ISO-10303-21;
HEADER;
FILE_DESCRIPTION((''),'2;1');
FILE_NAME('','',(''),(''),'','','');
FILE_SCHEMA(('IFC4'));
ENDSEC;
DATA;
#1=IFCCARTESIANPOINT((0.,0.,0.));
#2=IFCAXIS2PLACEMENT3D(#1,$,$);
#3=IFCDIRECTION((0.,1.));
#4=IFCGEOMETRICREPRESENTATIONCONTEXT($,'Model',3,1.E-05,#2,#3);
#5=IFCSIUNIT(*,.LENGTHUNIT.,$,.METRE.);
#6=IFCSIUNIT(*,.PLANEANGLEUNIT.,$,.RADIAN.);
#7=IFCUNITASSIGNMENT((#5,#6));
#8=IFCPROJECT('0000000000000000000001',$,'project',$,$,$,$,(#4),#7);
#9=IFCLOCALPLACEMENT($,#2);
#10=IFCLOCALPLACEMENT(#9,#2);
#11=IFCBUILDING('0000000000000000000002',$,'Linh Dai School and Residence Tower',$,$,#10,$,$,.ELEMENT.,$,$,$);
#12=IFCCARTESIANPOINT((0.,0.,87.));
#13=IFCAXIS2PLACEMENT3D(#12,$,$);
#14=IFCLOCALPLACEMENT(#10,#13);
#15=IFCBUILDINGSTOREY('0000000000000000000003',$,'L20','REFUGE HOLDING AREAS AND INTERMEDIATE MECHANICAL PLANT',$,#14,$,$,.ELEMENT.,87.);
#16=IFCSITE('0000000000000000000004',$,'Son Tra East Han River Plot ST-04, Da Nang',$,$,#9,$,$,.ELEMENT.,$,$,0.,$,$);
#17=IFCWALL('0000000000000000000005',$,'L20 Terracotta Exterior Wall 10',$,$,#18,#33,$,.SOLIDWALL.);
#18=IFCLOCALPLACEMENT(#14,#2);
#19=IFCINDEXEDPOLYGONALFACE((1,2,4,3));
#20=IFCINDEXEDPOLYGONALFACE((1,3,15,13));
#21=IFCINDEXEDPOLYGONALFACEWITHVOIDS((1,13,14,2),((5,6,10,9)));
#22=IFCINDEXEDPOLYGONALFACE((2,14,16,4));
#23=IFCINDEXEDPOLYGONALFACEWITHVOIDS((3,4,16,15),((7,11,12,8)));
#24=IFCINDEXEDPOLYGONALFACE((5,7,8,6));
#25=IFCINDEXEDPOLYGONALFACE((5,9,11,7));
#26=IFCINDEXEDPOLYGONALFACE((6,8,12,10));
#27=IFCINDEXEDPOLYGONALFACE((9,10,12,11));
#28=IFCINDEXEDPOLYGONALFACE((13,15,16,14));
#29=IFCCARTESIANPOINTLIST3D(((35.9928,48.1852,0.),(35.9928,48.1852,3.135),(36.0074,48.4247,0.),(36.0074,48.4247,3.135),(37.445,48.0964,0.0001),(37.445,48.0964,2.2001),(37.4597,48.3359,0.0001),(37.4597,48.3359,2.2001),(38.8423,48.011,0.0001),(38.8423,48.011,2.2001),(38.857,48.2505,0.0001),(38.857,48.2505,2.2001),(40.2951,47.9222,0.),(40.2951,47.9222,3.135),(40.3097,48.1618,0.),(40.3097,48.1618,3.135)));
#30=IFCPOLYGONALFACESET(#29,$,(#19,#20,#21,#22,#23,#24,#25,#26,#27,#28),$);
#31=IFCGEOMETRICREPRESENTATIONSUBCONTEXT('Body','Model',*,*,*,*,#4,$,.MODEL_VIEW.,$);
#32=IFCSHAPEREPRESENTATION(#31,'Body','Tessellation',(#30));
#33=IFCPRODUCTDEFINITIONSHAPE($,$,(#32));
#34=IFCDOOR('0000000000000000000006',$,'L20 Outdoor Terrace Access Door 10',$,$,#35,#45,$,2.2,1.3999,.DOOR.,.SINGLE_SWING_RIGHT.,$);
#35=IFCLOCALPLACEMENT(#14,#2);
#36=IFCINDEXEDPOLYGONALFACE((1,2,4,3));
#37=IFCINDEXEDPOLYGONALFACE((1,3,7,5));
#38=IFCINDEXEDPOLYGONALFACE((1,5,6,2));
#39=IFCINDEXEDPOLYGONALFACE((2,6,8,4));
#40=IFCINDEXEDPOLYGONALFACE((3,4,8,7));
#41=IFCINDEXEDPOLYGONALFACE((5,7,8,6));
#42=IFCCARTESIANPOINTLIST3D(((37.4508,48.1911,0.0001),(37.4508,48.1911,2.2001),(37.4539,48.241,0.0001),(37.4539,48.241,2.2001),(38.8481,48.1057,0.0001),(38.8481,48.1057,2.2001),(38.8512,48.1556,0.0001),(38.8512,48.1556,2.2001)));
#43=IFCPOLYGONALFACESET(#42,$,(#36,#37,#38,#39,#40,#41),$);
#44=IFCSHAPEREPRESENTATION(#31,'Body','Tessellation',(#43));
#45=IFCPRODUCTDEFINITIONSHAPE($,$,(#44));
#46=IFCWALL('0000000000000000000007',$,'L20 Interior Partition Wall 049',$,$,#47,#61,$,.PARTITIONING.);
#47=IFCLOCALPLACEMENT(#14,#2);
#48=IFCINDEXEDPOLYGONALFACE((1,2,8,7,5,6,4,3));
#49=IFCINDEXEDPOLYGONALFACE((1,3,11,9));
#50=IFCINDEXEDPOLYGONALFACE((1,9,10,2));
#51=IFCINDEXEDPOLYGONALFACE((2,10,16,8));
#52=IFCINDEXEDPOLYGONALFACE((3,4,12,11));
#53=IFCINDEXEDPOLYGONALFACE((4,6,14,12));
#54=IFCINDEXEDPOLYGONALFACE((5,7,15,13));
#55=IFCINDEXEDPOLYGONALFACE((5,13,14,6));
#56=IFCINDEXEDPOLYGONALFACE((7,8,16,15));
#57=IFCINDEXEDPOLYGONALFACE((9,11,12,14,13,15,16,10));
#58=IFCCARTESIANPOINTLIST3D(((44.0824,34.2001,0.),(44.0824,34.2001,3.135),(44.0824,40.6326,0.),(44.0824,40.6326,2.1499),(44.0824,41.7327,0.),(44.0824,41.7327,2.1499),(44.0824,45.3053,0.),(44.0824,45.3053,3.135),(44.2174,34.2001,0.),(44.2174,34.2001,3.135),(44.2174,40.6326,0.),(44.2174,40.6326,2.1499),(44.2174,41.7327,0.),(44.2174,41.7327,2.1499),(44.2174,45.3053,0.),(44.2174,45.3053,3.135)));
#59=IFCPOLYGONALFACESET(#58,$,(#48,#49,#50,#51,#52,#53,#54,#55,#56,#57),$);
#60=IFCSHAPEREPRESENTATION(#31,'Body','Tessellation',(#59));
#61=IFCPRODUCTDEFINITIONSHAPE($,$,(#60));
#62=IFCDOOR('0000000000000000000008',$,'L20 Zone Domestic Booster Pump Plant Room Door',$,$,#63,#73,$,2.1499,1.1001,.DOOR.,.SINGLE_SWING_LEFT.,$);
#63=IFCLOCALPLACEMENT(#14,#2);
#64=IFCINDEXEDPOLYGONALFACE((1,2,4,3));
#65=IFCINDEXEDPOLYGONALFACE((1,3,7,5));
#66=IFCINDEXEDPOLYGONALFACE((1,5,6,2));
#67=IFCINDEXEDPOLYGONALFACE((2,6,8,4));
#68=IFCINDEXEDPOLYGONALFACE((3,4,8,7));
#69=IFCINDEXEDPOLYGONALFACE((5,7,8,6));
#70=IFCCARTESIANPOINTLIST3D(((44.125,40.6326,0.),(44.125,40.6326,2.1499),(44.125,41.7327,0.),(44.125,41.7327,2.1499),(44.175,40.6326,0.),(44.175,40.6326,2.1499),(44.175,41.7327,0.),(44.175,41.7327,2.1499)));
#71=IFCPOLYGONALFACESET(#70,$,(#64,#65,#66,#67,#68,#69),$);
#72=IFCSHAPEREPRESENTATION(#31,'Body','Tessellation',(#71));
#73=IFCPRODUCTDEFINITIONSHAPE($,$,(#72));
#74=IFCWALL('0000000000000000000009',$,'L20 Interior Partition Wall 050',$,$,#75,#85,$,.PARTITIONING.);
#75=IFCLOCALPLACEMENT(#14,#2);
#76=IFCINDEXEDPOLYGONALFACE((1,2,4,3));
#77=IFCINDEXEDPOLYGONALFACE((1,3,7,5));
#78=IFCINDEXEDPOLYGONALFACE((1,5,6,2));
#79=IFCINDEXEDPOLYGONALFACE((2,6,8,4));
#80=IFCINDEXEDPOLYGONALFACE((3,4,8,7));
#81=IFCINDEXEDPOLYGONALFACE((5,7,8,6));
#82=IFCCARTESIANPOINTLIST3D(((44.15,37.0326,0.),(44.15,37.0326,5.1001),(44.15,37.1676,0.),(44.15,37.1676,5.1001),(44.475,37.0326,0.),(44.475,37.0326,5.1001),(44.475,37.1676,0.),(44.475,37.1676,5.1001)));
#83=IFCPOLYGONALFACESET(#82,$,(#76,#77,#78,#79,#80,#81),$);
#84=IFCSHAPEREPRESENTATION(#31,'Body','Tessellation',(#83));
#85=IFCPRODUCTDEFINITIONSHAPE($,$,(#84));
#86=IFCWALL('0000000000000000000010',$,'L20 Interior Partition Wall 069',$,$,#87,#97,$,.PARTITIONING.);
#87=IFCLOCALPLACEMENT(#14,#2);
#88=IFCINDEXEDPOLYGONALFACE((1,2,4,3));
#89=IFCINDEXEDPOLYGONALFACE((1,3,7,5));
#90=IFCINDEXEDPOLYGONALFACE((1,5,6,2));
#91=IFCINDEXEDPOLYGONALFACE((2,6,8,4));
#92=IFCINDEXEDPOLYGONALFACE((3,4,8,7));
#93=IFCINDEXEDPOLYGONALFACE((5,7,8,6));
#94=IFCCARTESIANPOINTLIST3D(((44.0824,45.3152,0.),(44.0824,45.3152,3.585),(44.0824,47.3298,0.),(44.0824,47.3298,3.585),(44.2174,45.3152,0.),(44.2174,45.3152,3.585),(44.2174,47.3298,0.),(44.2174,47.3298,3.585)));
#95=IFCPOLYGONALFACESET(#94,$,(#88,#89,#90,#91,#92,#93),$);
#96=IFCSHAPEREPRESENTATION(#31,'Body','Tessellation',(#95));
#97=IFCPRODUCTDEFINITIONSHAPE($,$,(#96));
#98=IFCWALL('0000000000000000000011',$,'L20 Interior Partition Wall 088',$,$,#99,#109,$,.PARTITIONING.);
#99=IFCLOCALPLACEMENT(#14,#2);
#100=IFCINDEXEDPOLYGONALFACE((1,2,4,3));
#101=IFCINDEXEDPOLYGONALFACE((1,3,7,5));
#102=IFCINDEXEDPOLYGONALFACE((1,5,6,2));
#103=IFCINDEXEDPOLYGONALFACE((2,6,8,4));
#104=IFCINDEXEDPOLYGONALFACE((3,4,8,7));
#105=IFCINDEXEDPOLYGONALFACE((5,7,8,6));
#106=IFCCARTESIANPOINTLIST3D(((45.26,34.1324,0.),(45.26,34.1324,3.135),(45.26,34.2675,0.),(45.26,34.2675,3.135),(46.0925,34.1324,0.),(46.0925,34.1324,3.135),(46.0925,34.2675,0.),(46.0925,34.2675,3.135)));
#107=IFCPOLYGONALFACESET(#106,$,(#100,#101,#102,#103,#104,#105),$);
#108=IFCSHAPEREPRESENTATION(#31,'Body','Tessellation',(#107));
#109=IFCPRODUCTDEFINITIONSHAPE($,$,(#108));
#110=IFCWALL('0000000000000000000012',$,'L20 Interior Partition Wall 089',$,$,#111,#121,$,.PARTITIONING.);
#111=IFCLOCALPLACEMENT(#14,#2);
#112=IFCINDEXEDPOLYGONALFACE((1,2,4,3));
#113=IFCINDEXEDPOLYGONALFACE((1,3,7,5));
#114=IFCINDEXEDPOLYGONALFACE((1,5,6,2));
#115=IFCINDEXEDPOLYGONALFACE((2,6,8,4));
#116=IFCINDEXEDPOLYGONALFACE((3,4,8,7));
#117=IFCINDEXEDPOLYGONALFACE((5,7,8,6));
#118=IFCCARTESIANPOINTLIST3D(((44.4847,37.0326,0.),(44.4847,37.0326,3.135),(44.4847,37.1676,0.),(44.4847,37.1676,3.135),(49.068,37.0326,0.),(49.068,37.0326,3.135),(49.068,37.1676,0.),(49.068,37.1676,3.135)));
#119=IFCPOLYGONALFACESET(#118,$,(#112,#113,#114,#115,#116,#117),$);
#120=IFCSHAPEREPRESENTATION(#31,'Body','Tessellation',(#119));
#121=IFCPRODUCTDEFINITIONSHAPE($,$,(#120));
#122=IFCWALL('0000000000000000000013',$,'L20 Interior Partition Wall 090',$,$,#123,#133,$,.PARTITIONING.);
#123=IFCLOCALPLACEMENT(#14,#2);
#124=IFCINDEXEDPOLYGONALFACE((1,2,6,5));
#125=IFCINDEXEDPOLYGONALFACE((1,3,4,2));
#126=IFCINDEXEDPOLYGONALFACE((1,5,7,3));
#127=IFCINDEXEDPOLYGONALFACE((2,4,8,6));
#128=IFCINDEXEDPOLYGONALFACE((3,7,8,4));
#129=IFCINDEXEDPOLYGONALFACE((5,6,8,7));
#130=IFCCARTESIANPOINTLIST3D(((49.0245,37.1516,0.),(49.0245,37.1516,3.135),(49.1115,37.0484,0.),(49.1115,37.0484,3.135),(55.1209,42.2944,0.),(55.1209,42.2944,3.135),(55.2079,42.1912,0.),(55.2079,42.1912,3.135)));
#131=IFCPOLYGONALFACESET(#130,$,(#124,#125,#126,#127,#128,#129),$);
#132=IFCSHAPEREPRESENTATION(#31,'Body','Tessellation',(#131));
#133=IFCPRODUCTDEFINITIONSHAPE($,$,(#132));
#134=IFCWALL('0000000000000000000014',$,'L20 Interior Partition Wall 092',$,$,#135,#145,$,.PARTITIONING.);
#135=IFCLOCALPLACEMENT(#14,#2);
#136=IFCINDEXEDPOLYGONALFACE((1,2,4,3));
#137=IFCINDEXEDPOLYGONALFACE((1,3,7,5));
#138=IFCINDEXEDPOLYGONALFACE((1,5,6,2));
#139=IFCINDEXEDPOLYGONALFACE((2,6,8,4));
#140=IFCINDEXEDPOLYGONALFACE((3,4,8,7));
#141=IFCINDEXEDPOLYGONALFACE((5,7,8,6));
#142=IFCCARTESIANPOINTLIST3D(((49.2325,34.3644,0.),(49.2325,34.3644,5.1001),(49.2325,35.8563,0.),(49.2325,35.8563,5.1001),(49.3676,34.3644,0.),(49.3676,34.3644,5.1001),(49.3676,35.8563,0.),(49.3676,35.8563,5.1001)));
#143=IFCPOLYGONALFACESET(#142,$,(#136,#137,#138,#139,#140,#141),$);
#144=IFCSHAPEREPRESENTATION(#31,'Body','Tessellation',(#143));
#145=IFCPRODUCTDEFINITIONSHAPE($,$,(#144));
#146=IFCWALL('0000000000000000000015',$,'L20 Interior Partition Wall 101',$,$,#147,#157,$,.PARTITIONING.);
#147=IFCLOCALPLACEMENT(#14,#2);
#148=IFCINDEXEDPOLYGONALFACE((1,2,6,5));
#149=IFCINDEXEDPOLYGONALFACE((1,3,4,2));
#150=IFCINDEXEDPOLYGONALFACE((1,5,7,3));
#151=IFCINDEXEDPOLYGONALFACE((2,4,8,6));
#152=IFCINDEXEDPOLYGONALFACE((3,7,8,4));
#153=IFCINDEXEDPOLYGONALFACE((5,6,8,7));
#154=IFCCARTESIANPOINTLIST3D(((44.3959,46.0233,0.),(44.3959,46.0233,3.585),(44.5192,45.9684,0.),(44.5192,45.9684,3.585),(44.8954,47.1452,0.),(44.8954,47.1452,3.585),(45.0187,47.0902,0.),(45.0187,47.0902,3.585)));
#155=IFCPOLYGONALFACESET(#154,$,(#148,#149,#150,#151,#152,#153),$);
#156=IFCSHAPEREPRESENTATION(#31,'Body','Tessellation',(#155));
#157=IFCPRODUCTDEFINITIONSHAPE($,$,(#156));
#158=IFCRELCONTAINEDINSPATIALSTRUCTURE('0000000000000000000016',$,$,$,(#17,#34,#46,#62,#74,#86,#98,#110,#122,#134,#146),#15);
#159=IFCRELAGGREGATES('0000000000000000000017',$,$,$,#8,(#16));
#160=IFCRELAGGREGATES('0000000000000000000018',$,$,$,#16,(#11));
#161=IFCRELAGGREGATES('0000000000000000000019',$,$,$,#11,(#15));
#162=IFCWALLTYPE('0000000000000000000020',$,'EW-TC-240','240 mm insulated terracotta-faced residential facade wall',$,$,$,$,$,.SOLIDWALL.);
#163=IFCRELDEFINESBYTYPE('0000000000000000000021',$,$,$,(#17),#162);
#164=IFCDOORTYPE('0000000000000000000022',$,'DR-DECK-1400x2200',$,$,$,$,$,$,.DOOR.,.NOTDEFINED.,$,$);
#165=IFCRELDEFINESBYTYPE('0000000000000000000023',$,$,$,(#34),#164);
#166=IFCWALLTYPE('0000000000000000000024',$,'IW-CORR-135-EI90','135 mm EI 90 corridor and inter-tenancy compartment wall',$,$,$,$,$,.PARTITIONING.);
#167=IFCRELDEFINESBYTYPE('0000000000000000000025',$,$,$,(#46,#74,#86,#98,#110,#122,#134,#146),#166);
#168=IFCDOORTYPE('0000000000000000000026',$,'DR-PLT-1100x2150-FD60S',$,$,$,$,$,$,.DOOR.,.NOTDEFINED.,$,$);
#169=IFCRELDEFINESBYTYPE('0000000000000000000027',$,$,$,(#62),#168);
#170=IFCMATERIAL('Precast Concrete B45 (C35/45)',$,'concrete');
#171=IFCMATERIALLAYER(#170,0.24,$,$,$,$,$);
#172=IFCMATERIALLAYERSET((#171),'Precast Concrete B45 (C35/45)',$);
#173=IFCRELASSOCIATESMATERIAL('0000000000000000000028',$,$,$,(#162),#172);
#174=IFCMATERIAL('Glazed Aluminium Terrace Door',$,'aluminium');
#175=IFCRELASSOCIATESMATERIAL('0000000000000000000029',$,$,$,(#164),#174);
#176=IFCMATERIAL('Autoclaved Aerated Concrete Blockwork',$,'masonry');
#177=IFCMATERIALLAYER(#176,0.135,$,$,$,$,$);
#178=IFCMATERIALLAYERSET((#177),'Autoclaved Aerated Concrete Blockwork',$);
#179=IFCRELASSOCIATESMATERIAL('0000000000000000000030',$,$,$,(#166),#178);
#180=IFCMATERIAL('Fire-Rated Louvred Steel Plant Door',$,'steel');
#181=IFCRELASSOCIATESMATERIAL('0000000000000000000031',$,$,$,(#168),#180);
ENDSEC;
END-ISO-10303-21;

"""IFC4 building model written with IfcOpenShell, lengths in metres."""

from ifc_helpers import new_model, si_unit, direction, frame, frame_2d, origin, origin_2d, place, context, subcontext, project, spatial, rectangle, extrude, source, transform, mapped, material, layer, layer_set, type_object, element, fill, save


model = new_model("IFC4")

# Units and contexts
model_context = context("Model", 3, precision=1e-05, world=origin(), true_north=direction((0.0, 1.0)))
body_context = subcontext(model_context, "Body", "Model", "MODEL_VIEW")
ifc_project = project(units=[si_unit("LENGTHUNIT", "METRE"), si_unit("PLANEANGLEUNIT", "RADIAN")], contexts=[model_context])

# Site, building, storey
site_placement = place(None, origin())
site = spatial("IfcSite", under=ifc_project, at=site_placement, Name="Son Tra East Han River Plot ST-04, Da Nang", CompositionType="ELEMENT", RefElevation=0.0)
building_placement = place(site_placement, origin())
building = spatial("IfcBuilding", under=site, at=building_placement, Name="Linh Dai School and Residence Tower", CompositionType="ELEMENT")
storey_placement = place(building_placement, frame((0.0, 0.0, 87.0)))
storey = spatial("IfcBuildingStorey", under=building, at=storey_placement, Name="L20", Description="REFUGE HOLDING AREAS AND INTERMEDIATE MECHANICAL PLANT", CompositionType="ELEMENT", Elevation=87.0)

# Shared definitions
ifc_material_1 = material(Name="Precast Concrete B45 (C35/45)", Category="concrete")
ifc_layer_1 = layer(ifc_material_1, 0.24)
ifc_layer_set_1 = layer_set([ifc_layer_1], Name="Precast Concrete B45 (C35/45)")
wall_type_1 = type_object("IfcWallType", Name="EW-TC-240", Description="240 mm insulated terracotta-faced residential facade wall", PredefinedType="SOLIDWALL", material=ifc_layer_set_1)

# Walls, openings, doors
wall_1_placement = place(storey_placement, frame((36.0, 48.3049, 0.0), z_axis=(0.0, 0.0, 1.0), x_axis=(0.998138, -0.061003, 0.0)))
wall_1 = element("IfcWall", 1, at=wall_1_placement, inside=storey, type_object=wall_type_1, Name="L20 Terracotta Exterior Wall 10", PredefinedType="SOLIDWALL", context=body_context, shape_type="SweptSolid", body=[
    extrude(rectangle(XDim=4.3103, YDim=0.24, at=frame_2d((2.1553, 0.0))), origin(), (0.0, 0.0, 1.0), 3.135),
])
opening_1_placement = place(wall_1_placement, frame((1.4551, 0.0, 0.0)))
opening_1 = element("IfcOpeningElement", 2, at=opening_1_placement, cuts=wall_1, PredefinedType="OPENING", context=body_context, shape_type="SweptSolid", body=[
    extrude(rectangle(XDim=1.3999, YDim=2.2, at=origin_2d()), frame((0.7, 0.1299, 1.1001), z_axis=(0.0, -1.0, 0.0), x_axis=(1.0, 0.0, 0.0)), (0.0, 0.0, 1.0), 0.26),
])
ifc_material_2 = material(Name="Glazed Aluminium Terrace Door", Category="aluminium")
door_type_1 = type_object("IfcDoorType", Name="DR-DECK-1400x2200", OperationType="NOTDEFINED", PredefinedType="DOOR", material=ifc_material_2)
shared_shape_1 = source(origin(), body_context, "Body", "SweptSolid", [
    extrude(rectangle(XDim=1.3999, YDim=2.2, at=origin_2d()), frame((0.7, 0.0249, 1.1001), z_axis=(0.0, -1.0, 0.0), x_axis=(1.0, 0.0, 0.0)), (0.0, 0.0, 1.0), 0.05),
])
door_1_placement = place(opening_1_placement, origin())
door_1 = element("IfcDoor", 3, at=door_1_placement, inside=storey, type_object=door_type_1, Name="L20 Outdoor Terrace Access Door 10", OperationType="SINGLE_SWING_RIGHT", OverallHeight=2.2, OverallWidth=1.3999, PredefinedType="DOOR", context=body_context, shape_type="MappedRepresentation", body=[
    mapped(shared_shape_1, transform((0.0, 0.0, 0.0), x_axis=(1.0, 0.0, 0.0), y_axis=(0.0, 1.0, 0.0), z_axis=(0.0, 0.0, 1.0), scale=1.0)),
])
fill(opening_1, door_1)
ifc_material_3 = material(Name="Autoclaved Aerated Concrete Blockwork", Category="masonry")
ifc_layer_2 = layer(ifc_material_3, 0.135)
ifc_layer_set_2 = layer_set([ifc_layer_2], Name="Autoclaved Aerated Concrete Blockwork")
wall_type_2 = type_object("IfcWallType", Name="IW-CORR-135-EI90", Description="135 mm EI 90 corridor and inter-tenancy compartment wall", PredefinedType="PARTITIONING", material=ifc_layer_set_2)
wall_2_placement = place(storey_placement, frame((44.1499, 34.2, 0.0), z_axis=(0.0, 0.0, 1.0), x_axis=(0.0, 1.0, 0.0)))
wall_2 = element("IfcWall", 4, at=wall_2_placement, inside=storey, type_object=wall_type_2, Name="L20 Interior Partition Wall 049", PredefinedType="PARTITIONING", context=body_context, shape_type="SweptSolid", body=[
    extrude(rectangle(XDim=11.1052, YDim=0.135, at=frame_2d((5.5527, 0.0))), origin(), (0.0, 0.0, 1.0), 3.135),
])
opening_2_placement = place(wall_2_placement, frame((6.4326, 0.0, 0.0)))
opening_2 = element("IfcOpeningElement", 5, at=opening_2_placement, cuts=wall_2, PredefinedType="OPENING", context=body_context, shape_type="SweptSolid", body=[
    extrude(rectangle(XDim=1.1001, YDim=2.1499, at=origin_2d()), frame((0.55, 0.0776, 1.075), z_axis=(0.0, -1.0, 0.0), x_axis=(1.0, 0.0, 0.0)), (0.0, 0.0, 1.0), 0.155),
])
ifc_material_4 = material(Name="Fire-Rated Louvred Steel Plant Door", Category="steel")
door_type_2 = type_object("IfcDoorType", Name="DR-PLT-1100x2150-FD60S", OperationType="NOTDEFINED", PredefinedType="DOOR", material=ifc_material_4)
shared_shape_2 = source(origin(), body_context, "Body", "SweptSolid", [
    extrude(rectangle(XDim=1.1001, YDim=2.1499, at=origin_2d()), frame((0.55, 0.0249, 1.075), z_axis=(0.0, -1.0, 0.0), x_axis=(1.0, 0.0, 0.0)), (0.0, 0.0, 1.0), 0.05),
])
door_2_placement = place(opening_2_placement, origin())
door_2 = element("IfcDoor", 6, at=door_2_placement, inside=storey, type_object=door_type_2, Name="L20 Zone Domestic Booster Pump Plant Room Door", OperationType="SINGLE_SWING_LEFT", OverallHeight=2.1499, OverallWidth=1.1001, PredefinedType="DOOR", context=body_context, shape_type="MappedRepresentation", body=[
    mapped(shared_shape_2, transform((0.0, 0.0, 0.0), x_axis=(1.0, 0.0, 0.0), y_axis=(0.0, 1.0, 0.0), z_axis=(0.0, 0.0, 1.0), scale=1.0)),
])
fill(opening_2, door_2)

# Walls
wall_3_placement = place(storey_placement, frame((44.1499, 37.1001, 0.0), z_axis=(0.0, 0.0, 1.0), x_axis=(1.0, 0.0, 0.0)))
element("IfcWall", 7, at=wall_3_placement, inside=storey, type_object=wall_type_2, Name="L20 Interior Partition Wall 050", PredefinedType="PARTITIONING", context=body_context, shape_type="SweptSolid", body=[
    extrude(rectangle(XDim=0.325, YDim=0.135, at=frame_2d((0.1626, 0.0))), origin(), (0.0, 0.0, 1.0), 5.1001),
])
wall_4_placement = place(storey_placement, frame((44.1499, 47.3298, 0.0), z_axis=(0.0, 0.0, 1.0), x_axis=(0.0, -1.0, 0.0)))
element("IfcWall", 8, at=wall_4_placement, inside=storey, type_object=wall_type_2, Name="L20 Interior Partition Wall 069", PredefinedType="PARTITIONING", context=body_context, shape_type="SweptSolid", body=[
    extrude(rectangle(XDim=2.0146, YDim=0.135, at=frame_2d((1.0073, 0.0))), origin(), (0.0, 0.0, 1.0), 3.585),
])
wall_5_placement = place(storey_placement, frame((46.0925, 34.2, 0.0), z_axis=(0.0, 0.0, 1.0), x_axis=(-1.0, 0.0, 0.0)))
element("IfcWall", 9, at=wall_5_placement, inside=storey, type_object=wall_type_2, Name="L20 Interior Partition Wall 088", PredefinedType="PARTITIONING", context=body_context, shape_type="SweptSolid", body=[
    extrude(rectangle(XDim=0.8325, YDim=0.135, at=frame_2d((0.4163, 0.0))), origin(), (0.0, 0.0, 1.0), 3.135),
])
wall_6_placement = place(storey_placement, frame((44.4849, 37.1001, 0.0), z_axis=(0.0, 0.0, 1.0), x_axis=(1.0, 0.0, 0.0)))
element("IfcWall", 10, at=wall_6_placement, inside=storey, type_object=wall_type_2, Name="L20 Interior Partition Wall 089", PredefinedType="PARTITIONING", context=body_context, shape_type="SweptSolid", body=[
    extrude(rectangle(XDim=4.5833, YDim=0.135, at=frame_2d((2.2915, 0.0))), origin(), (0.0, 0.0, 1.0), 3.135),
])
wall_7_placement = place(storey_placement, frame((49.0681, 37.1001, 0.0), z_axis=(0.0, 0.0, 1.0), x_axis=(0.764356, 0.644794, 0.0)))
element("IfcWall", 11, at=wall_7_placement, inside=storey, type_object=wall_type_2, Name="L20 Interior Partition Wall 090", PredefinedType="PARTITIONING", context=body_context, shape_type="SweptSolid", body=[
    extrude(rectangle(XDim=7.9758, YDim=0.135, at=frame_2d((3.9878, 0.0))), origin(), (0.0, 0.0, 1.0), 3.135),
])
wall_8_placement = place(storey_placement, frame((49.3, 35.8564, 0.0), z_axis=(0.0, 0.0, 1.0), x_axis=(0.0, -1.0, 0.0)))
element("IfcWall", 12, at=wall_8_placement, inside=storey, type_object=wall_type_2, Name="L20 Interior Partition Wall 092", PredefinedType="PARTITIONING", context=body_context, shape_type="SweptSolid", body=[
    extrude(rectangle(XDim=1.4919, YDim=0.135, at=frame_2d((0.7461, 0.0))), origin(), (0.0, 0.0, 1.0), 5.1001),
])
wall_9_placement = place(storey_placement, frame((44.4575, 45.9958, 0.0), z_axis=(0.0, 0.0, 1.0), x_axis=(0.406766, 0.913533, 0.0)))
element("IfcWall", 13, at=wall_9_placement, inside=storey, type_object=wall_type_2, Name="L20 Interior Partition Wall 101", PredefinedType="PARTITIONING", context=body_context, shape_type="SweptSolid", body=[
    extrude(rectangle(XDim=1.228, YDim=0.135, at=frame_2d((0.614, 0.0))), origin(), (0.0, 0.0, 1.0), 3.585),
])

save(model, "model.ifc")
